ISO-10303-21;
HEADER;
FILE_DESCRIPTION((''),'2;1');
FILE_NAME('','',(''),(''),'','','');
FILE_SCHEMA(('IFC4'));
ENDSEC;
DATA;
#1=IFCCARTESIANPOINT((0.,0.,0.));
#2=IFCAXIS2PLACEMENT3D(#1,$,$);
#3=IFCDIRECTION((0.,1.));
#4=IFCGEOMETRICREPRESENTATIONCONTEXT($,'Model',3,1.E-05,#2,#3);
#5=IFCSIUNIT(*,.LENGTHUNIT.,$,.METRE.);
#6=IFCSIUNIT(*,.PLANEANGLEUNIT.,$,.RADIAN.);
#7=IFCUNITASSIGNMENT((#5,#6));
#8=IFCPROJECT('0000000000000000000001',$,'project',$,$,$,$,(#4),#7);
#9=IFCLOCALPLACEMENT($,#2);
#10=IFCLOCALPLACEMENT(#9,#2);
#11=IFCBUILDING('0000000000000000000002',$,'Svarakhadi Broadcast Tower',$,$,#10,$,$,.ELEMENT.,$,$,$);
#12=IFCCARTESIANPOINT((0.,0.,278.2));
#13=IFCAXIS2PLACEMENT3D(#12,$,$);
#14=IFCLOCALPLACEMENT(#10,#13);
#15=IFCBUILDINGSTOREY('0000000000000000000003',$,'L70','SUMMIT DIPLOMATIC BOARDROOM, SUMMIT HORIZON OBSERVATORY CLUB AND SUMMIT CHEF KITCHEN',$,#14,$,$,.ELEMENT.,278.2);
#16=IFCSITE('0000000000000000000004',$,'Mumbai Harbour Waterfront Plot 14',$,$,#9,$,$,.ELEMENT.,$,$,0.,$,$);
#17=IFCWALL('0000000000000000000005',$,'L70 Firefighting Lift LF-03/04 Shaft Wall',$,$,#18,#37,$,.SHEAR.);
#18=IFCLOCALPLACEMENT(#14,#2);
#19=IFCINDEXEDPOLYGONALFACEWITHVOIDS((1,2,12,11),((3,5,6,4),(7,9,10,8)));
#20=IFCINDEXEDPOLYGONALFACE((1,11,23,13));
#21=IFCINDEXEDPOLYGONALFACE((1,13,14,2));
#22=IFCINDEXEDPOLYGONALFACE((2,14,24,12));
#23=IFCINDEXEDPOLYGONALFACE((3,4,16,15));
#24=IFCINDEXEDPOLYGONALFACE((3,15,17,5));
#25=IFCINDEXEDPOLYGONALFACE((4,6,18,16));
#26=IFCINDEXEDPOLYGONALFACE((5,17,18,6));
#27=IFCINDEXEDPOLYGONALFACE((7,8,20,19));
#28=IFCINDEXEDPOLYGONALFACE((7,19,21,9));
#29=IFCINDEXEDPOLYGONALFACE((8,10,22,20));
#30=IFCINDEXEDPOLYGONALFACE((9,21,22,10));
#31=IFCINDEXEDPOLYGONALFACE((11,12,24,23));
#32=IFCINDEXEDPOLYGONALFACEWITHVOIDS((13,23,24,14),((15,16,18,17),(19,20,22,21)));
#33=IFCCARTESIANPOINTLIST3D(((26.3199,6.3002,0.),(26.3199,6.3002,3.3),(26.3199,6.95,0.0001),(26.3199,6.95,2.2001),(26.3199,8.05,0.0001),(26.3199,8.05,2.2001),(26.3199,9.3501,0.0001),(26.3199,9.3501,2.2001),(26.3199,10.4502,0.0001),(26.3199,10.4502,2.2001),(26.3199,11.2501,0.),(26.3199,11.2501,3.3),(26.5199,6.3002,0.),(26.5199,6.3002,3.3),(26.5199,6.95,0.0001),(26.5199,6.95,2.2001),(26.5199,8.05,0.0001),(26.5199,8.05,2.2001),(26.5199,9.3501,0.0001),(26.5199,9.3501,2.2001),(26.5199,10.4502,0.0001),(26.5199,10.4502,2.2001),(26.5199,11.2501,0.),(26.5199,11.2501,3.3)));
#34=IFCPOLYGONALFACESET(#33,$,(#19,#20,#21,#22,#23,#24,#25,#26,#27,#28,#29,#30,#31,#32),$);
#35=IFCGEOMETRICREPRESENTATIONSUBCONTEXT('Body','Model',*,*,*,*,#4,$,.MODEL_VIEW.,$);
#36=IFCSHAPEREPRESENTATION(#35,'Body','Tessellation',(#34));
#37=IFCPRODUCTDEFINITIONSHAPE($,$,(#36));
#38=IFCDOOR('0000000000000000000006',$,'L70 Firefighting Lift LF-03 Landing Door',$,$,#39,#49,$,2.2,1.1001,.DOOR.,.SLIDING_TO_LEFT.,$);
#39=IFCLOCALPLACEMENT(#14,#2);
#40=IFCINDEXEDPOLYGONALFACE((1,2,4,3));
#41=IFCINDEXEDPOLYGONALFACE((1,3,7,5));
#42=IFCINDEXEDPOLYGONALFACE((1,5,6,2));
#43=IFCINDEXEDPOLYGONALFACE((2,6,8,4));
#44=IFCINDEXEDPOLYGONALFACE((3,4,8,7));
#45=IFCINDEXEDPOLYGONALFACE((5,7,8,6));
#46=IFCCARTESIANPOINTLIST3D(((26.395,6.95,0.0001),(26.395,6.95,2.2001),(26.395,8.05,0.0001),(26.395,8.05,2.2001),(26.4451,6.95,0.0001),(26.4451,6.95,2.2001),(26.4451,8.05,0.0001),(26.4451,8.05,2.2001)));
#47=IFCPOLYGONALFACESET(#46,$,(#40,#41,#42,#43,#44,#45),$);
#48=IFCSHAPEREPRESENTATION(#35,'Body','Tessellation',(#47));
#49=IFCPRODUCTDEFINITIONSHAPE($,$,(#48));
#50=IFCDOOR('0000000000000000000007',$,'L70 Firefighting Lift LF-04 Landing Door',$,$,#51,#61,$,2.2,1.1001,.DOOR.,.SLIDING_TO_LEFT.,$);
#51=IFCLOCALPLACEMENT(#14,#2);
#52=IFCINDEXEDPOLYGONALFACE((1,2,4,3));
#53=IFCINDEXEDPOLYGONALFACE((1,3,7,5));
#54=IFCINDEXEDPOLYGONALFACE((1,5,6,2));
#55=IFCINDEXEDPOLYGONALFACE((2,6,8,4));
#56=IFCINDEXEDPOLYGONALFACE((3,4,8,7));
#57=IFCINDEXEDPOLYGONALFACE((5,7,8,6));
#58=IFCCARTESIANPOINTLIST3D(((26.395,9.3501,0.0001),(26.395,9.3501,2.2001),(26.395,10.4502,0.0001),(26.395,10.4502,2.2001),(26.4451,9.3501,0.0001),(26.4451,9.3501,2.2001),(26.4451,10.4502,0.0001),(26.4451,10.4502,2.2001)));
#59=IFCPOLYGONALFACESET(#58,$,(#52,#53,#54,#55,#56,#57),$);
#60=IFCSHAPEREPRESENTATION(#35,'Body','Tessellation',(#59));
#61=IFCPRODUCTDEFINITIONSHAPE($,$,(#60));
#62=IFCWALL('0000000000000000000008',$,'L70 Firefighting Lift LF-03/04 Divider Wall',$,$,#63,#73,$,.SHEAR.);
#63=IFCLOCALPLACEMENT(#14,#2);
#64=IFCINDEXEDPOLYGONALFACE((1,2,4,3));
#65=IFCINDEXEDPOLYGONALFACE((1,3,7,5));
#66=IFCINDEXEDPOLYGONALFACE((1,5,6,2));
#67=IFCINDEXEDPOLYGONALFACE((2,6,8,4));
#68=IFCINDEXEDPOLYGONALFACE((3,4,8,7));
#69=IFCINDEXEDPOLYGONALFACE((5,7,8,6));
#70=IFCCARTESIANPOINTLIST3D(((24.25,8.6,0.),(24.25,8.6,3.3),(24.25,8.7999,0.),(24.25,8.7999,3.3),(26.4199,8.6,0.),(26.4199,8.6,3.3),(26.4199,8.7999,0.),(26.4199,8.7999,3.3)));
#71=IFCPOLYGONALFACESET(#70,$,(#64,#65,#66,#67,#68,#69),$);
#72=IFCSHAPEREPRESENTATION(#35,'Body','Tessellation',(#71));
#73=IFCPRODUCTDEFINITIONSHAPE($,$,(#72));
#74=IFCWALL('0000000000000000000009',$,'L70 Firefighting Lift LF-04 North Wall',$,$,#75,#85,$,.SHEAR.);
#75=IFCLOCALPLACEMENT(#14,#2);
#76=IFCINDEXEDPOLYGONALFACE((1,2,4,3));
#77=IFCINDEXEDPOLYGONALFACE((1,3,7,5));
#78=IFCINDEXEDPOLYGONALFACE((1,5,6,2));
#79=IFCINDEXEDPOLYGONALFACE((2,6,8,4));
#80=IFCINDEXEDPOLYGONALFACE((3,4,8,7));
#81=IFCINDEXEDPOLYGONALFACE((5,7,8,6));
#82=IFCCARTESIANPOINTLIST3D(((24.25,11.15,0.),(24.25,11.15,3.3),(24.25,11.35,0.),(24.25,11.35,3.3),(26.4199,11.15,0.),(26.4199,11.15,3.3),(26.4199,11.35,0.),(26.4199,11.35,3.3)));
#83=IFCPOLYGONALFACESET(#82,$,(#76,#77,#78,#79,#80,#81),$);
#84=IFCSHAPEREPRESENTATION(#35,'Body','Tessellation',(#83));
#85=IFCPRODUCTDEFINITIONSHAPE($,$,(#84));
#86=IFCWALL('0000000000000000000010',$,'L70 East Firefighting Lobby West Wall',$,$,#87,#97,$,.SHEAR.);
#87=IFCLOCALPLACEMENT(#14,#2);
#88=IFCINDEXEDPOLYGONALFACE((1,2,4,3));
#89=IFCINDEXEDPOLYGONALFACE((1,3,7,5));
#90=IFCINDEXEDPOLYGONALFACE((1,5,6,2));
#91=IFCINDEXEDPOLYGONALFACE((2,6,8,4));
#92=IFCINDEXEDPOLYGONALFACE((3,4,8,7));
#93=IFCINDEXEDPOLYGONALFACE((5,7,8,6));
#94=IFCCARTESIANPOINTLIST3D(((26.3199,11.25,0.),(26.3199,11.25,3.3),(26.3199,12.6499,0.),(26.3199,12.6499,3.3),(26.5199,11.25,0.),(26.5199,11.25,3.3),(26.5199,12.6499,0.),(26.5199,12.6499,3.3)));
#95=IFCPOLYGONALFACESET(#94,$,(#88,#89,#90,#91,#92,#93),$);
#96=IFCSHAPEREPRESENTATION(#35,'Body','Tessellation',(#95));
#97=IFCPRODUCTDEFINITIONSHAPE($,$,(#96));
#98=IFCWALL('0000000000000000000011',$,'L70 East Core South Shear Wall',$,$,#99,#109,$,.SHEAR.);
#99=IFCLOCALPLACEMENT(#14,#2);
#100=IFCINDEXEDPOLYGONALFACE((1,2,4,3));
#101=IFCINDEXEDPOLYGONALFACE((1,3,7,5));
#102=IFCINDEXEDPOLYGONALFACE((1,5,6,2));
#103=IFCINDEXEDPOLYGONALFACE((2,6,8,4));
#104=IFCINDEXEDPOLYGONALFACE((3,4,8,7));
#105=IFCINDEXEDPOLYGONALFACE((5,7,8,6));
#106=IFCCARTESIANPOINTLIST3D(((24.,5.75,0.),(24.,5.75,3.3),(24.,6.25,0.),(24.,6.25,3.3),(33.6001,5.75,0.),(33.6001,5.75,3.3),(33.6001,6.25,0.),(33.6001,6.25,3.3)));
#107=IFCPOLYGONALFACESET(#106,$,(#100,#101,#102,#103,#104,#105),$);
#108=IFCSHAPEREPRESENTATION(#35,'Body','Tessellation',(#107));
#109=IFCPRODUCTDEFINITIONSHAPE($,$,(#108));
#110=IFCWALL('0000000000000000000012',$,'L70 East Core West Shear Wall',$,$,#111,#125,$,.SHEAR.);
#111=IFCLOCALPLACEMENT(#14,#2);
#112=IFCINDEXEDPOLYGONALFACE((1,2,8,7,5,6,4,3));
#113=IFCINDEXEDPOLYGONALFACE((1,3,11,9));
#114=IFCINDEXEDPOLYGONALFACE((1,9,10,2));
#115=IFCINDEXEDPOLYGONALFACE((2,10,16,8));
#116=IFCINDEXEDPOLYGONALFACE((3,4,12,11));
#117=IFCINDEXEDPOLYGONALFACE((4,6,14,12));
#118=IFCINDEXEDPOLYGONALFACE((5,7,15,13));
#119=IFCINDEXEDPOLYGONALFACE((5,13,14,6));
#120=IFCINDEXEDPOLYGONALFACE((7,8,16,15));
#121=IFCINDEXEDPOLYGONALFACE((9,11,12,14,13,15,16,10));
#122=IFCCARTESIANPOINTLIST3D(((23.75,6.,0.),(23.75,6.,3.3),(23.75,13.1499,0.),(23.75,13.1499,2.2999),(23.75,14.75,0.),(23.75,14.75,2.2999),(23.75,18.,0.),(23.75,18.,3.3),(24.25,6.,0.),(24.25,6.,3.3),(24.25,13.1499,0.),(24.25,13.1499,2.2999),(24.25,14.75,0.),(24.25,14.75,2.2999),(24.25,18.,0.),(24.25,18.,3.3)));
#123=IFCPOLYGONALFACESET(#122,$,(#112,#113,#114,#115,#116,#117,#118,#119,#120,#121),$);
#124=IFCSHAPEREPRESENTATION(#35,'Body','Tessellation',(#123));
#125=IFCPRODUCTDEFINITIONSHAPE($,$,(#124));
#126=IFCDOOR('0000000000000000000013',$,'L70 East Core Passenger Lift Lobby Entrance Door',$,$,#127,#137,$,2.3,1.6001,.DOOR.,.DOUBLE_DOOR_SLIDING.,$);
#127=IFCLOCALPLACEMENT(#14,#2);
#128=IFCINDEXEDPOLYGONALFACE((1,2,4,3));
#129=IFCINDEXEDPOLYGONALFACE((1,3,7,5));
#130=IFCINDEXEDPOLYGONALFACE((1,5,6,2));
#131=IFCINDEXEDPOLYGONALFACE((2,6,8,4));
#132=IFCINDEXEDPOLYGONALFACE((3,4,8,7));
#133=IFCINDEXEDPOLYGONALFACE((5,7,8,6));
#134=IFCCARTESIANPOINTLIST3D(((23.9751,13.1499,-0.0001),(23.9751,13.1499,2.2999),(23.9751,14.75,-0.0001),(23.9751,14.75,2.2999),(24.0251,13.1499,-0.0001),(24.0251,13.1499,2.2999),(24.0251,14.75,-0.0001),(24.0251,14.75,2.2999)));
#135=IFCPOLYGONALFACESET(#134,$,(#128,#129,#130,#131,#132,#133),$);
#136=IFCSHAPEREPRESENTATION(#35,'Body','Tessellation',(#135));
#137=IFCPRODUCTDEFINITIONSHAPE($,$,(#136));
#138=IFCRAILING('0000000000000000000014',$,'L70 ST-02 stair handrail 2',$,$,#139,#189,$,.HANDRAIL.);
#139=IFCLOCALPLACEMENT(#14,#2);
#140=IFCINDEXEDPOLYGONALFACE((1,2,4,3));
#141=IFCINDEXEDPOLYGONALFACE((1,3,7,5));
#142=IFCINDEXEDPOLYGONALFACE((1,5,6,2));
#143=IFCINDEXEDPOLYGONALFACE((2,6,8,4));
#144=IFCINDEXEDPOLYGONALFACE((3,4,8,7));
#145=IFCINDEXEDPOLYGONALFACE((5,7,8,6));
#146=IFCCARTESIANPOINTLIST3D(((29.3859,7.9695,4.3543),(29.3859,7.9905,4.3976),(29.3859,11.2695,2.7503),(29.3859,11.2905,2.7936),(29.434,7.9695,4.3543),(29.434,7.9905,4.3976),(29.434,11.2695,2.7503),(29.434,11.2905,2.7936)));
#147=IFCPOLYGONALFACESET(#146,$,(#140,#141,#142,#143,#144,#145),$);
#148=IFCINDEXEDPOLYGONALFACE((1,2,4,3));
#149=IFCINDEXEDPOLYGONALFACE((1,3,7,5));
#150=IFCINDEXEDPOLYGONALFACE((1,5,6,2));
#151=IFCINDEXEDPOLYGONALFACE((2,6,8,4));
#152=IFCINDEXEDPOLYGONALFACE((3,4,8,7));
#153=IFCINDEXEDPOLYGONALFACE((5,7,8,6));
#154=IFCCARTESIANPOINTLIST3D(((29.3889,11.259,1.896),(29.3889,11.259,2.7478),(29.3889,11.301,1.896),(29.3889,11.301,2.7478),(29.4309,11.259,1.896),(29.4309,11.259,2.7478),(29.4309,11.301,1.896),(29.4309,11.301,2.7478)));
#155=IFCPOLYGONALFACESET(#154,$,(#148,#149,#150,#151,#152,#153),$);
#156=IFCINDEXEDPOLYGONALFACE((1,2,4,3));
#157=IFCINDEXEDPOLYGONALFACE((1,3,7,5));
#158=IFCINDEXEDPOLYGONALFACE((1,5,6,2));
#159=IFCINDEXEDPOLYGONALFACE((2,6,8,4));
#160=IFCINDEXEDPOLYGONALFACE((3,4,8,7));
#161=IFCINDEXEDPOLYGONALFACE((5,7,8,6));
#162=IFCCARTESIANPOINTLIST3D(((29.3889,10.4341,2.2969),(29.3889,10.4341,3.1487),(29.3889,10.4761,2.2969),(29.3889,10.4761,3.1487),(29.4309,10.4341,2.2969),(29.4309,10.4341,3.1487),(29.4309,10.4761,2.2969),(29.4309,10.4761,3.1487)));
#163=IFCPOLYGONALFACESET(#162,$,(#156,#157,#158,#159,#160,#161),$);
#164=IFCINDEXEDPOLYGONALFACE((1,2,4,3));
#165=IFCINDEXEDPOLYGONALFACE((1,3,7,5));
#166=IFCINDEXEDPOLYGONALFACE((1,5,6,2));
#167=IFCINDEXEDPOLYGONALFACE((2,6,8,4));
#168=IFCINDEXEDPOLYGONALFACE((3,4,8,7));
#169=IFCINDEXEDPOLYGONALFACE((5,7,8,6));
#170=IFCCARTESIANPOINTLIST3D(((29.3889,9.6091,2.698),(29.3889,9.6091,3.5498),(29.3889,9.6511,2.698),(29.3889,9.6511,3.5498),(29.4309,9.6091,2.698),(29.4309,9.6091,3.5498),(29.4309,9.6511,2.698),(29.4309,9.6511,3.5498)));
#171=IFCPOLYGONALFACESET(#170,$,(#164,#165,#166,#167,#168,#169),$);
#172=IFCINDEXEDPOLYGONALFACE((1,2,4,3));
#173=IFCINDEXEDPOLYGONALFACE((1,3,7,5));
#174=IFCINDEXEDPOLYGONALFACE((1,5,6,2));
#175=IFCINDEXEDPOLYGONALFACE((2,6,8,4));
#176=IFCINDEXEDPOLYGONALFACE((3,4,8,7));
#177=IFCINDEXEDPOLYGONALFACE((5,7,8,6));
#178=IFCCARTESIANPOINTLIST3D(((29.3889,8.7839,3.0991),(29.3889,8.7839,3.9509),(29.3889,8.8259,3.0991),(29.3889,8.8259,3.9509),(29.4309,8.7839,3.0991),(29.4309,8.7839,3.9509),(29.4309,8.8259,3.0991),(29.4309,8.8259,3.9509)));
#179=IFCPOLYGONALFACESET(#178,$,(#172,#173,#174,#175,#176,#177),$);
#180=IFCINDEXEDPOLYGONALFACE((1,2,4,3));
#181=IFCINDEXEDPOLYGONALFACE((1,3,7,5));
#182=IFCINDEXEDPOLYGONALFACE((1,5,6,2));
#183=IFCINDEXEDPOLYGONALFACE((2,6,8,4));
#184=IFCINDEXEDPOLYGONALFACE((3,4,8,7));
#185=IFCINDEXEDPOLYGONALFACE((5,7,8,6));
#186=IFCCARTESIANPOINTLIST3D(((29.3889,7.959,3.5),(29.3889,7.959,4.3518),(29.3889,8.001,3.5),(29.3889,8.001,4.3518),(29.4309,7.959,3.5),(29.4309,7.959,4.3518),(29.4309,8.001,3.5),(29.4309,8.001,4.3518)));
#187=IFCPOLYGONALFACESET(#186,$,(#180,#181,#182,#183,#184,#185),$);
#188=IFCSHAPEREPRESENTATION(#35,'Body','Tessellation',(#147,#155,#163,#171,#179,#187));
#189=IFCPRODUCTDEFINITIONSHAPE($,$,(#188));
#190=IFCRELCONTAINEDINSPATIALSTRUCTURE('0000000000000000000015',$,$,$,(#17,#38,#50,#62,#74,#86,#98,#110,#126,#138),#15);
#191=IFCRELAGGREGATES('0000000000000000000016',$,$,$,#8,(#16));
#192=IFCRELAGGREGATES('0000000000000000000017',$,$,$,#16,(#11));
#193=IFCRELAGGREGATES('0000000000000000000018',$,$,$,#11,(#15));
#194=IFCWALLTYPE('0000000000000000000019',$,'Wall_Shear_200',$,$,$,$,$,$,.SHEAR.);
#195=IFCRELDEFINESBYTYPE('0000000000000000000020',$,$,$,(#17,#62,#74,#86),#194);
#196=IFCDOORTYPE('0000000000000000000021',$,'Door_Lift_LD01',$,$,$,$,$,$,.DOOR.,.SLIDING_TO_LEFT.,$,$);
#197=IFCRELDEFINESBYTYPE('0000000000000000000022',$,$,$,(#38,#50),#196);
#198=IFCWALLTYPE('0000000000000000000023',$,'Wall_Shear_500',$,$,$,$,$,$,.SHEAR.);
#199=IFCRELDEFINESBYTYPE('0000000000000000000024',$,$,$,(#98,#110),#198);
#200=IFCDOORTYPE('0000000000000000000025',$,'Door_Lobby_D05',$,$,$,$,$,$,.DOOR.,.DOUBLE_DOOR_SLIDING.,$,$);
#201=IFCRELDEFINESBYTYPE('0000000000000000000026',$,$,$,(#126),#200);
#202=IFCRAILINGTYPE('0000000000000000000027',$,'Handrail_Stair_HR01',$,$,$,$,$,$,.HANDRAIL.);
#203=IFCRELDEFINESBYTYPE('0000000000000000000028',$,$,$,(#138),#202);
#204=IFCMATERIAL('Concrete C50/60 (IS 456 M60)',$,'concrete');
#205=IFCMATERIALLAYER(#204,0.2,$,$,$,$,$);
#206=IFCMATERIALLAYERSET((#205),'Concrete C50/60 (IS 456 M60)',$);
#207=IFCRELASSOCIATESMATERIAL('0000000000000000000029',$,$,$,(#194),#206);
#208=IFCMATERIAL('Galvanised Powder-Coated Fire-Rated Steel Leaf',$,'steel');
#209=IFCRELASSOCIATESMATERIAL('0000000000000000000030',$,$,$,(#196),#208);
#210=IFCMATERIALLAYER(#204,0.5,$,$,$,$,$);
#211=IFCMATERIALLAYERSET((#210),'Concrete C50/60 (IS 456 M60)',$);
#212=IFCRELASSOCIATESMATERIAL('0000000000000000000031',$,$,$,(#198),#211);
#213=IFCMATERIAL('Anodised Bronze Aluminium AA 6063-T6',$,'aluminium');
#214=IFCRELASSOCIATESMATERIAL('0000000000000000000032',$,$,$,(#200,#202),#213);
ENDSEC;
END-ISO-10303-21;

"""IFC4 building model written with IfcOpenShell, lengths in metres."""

from ifc_helpers import new_model, si_unit, direction, frame, frame_2d, origin, origin_2d, place, context, subcontext, project, spatial, rectangle, extrude, material, layer, layer_set, type_object, element, fill, save


model = new_model("IFC4")

# Units and contexts
model_context = context("Model", 3, precision=1e-05, world=origin(), true_north=direction((0.0, 1.0)))
body_context = subcontext(model_context, "Body", "Model", "MODEL_VIEW")
ifc_project = project(units=[si_unit("LENGTHUNIT", "METRE"), si_unit("PLANEANGLEUNIT", "RADIAN")], contexts=[model_context])

# Site, building, storey
site_placement = place(None, origin())
site = spatial("IfcSite", under=ifc_project, at=site_placement, Name="Mumbai Harbour Waterfront Plot 14", CompositionType="ELEMENT", RefElevation=0.0)
building_placement = place(site_placement, origin())
building = spatial("IfcBuilding", under=site, at=building_placement, Name="Svarakhadi Broadcast Tower", CompositionType="ELEMENT")
storey_placement = place(building_placement, frame((0.0, 0.0, 278.2)))
storey = spatial("IfcBuildingStorey", under=building, at=storey_placement, Name="L70", Description="SUMMIT DIPLOMATIC BOARDROOM, SUMMIT HORIZON OBSERVATORY CLUB AND SUMMIT CHEF KITCHEN", CompositionType="ELEMENT", Elevation=278.2)

# Shared definitions
ifc_material_1 = material(Name="Concrete C50/60 (IS 456 M60)", Category="concrete")

# Shared definitions
ifc_layer_1 = layer(ifc_material_1, 0.2)
ifc_layer_set_1 = layer_set([ifc_layer_1], Name="Concrete C50/60 (IS 456 M60)")
wall_type_1 = type_object("IfcWallType", Name="Wall_Shear_200", PredefinedType="SHEAR", material=ifc_layer_set_1)
ifc_material_2 = material(Name="Galvanised Powder-Coated Fire-Rated Steel Leaf", Category="steel")

# Wall, openings, doors
wall_1_placement = place(storey_placement, frame((26.4199, 6.3, 0.0), z_axis=(0.0, 0.0, 1.0), x_axis=(0.0, 1.0, 0.0)))
wall_1 = element("IfcWall", 1, at=wall_1_placement, inside=storey, type_object=wall_type_1, Name="L70 Firefighting Lift LF-03/04 Shaft Wall", PredefinedType="SHEAR", context=body_context, shape_type="SweptSolid", body=[
    extrude(rectangle(XDim=4.95, YDim=0.2, at=frame_2d((2.4751, 0.0))), origin(), (0.0, 0.0, 1.0), 3.3),
])
opening_1_placement = place(wall_1_placement, frame((0.6499, 0.0, 0.0)))
opening_1 = element("IfcOpeningElement", 2, at=opening_1_placement, cuts=wall_1, PredefinedType="OPENING", context=body_context, shape_type="SweptSolid", body=[
    extrude(rectangle(XDim=1.1001, YDim=2.2, at=frame_2d((0.55, 1.1001))), frame((0.0, 0.1099, 0.0), z_axis=(0.0, -1.0, 0.0), x_axis=(1.0, 0.0, 0.0)), (0.0, 0.0, 1.0), 0.22),
])
opening_2_placement = place(wall_1_placement, frame((3.05, 0.0, 0.0)))
opening_2 = element("IfcOpeningElement", 3, at=opening_2_placement, cuts=wall_1, PredefinedType="OPENING", context=body_context, shape_type="SweptSolid", body=[
    extrude(rectangle(XDim=1.1001, YDim=2.2, at=frame_2d((0.55, 1.1001))), frame((0.0, 0.1099, 0.0), z_axis=(0.0, -1.0, 0.0), x_axis=(1.0, 0.0, 0.0)), (0.0, 0.0, 1.0), 0.22),
])
door_type_1 = type_object("IfcDoorType", Name="Door_Lift_LD01", OperationType="SLIDING_TO_LEFT", PredefinedType="DOOR", material=ifc_material_2)
door_1_placement = place(opening_1_placement, origin())
door_1 = element("IfcDoor", 4, at=door_1_placement, inside=storey, type_object=door_type_1, Name="L70 Firefighting Lift LF-03 Landing Door", OperationType="SLIDING_TO_LEFT", OverallHeight=2.2, OverallWidth=1.1001, PredefinedType="DOOR", context=body_context, shape_type="SweptSolid", body=[
    extrude(rectangle(XDim=1.1001, YDim=2.2, at=frame_2d((0.55, 1.1001))), frame((0.0, 0.0249, 0.0), z_axis=(0.0, -1.0, 0.0), x_axis=(1.0, 0.0, 0.0)), (0.0, 0.0, 1.0), 0.05),
])
fill(opening_1, door_1)
door_2_placement = place(opening_2_placement, origin())
door_2 = element("IfcDoor", 5, at=door_2_placement, inside=storey, type_object=door_type_1, Name="L70 Firefighting Lift LF-04 Landing Door", OperationType="SLIDING_TO_LEFT", OverallHeight=2.2, OverallWidth=1.1001, PredefinedType="DOOR", context=body_context, shape_type="SweptSolid", body=[
    extrude(rectangle(XDim=1.1001, YDim=2.2, at=frame_2d((0.55, 1.1001))), frame((0.0, 0.0249, 0.0), z_axis=(0.0, -1.0, 0.0), x_axis=(1.0, 0.0, 0.0)), (0.0, 0.0, 1.0), 0.05),
])
fill(opening_2, door_2)

# Walls
for number, where, z_axis, x_axis, name in (
    (6, (24.25, 8.7, 0.0), (0.0, 0.0, 1.0), (1.0, 0.0, 0.0), "L70 Firefighting Lift LF-03/04 Divider Wall"),
    (7, (24.25, 11.25, 0.0), (0.0, 0.0, 1.0), (1.0, 0.0, 0.0), "L70 Firefighting Lift LF-04 North Wall"),
):
    element("IfcWall", number, at=place(storey_placement, frame(where, z_axis=z_axis, x_axis=x_axis)), inside=storey, type_object=wall_type_1, Name=name, PredefinedType="SHEAR", context=body_context, shape_type="SweptSolid", body=[
        extrude(rectangle(XDim=2.1699, YDim=0.2, at=frame_2d((1.085, 0.0))), origin(), (0.0, 0.0, 1.0), 3.3),
    ])
wall_2_placement = place(storey_placement, frame((26.4199, 11.25, 0.0), z_axis=(0.0, 0.0, 1.0), x_axis=(0.0, 1.0, 0.0)))
element("IfcWall", 8, at=wall_2_placement, inside=storey, type_object=wall_type_1, Name="L70 East Firefighting Lobby West Wall", PredefinedType="SHEAR", context=body_context, shape_type="SweptSolid", body=[
    extrude(rectangle(XDim=1.3999, YDim=0.2, at=frame_2d((0.7, 0.0))), origin(), (0.0, 0.0, 1.0), 3.3),
])
ifc_layer_2 = layer(ifc_material_1, 0.5)
ifc_layer_set_2 = layer_set([ifc_layer_2], Name="Concrete C50/60 (IS 456 M60)")
wall_type_2 = type_object("IfcWallType", Name="Wall_Shear_500", PredefinedType="SHEAR", material=ifc_layer_set_2)
wall_3_placement = place(storey_placement, frame((24.0, 6.0, 0.0), z_axis=(0.0, 0.0, 1.0), x_axis=(1.0, 0.0, 0.0)))
element("IfcWall", 9, at=wall_3_placement, inside=storey, type_object=wall_type_2, Name="L70 East Core South Shear Wall", PredefinedType="SHEAR", context=body_context, shape_type="SweptSolid", body=[
    extrude(rectangle(XDim=9.6001, YDim=0.5, at=frame_2d((4.8, 0.0))), origin(), (0.0, 0.0, 1.0), 3.3),
])

# Wall, opening, door
wall_4_placement = place(storey_placement, frame((24.0, 6.0, 0.0), z_axis=(0.0, 0.0, 1.0), x_axis=(0.0, 1.0, 0.0)))
wall_4 = element("IfcWall", 10, at=wall_4_placement, inside=storey, type_object=wall_type_2, Name="L70 East Core West Shear Wall", PredefinedType="SHEAR", context=body_context, shape_type="SweptSolid", body=[
    extrude(rectangle(XDim=12.0, YDim=0.5, at=frame_2d((6.0, 0.0))), origin(), (0.0, 0.0, 1.0), 3.3),
])
opening_3_placement = place(wall_4_placement, frame((7.1499, 0.0, 0.0)))
opening_3 = element("IfcOpeningElement", 11, at=opening_3_placement, cuts=wall_4, PredefinedType="OPENING", context=body_context, shape_type="SweptSolid", body=[
    extrude(rectangle(XDim=1.6001, YDim=2.3, at=frame_2d((0.8, 1.1499))), frame((0.0, 0.26, 0.0), z_axis=(0.0, -1.0, 0.0), x_axis=(1.0, 0.0, 0.0)), (0.0, 0.0, 1.0), 0.52),
])
ifc_material_3 = material(Name="Anodised Bronze Aluminium AA 6063-T6", Category="aluminium")
door_type_2 = type_object("IfcDoorType", Name="Door_Lobby_D05", OperationType="DOUBLE_DOOR_SLIDING", PredefinedType="DOOR", material=ifc_material_3)
door_3_placement = place(opening_3_placement, origin())
door_3 = element("IfcDoor", 12, at=door_3_placement, inside=storey, type_object=door_type_2, Name="L70 East Core Passenger Lift Lobby Entrance Door", OperationType="DOUBLE_DOOR_SLIDING", OverallHeight=2.3, OverallWidth=1.6001, PredefinedType="DOOR", context=body_context, shape_type="SweptSolid", body=[
    extrude(rectangle(XDim=1.6001, YDim=2.3, at=frame_2d((0.8, 1.1499))), frame((0.0, 0.0249, 0.0), z_axis=(0.0, -1.0, 0.0), x_axis=(1.0, 0.0, 0.0)), (0.0, 0.0, 1.0), 0.05),
])
fill(opening_3, door_3)

# Railing
railing_type = type_object("IfcRailingType", Name="Handrail_Stair_HR01", PredefinedType="HANDRAIL", material=ifc_material_3)
railing_placement = place(storey_placement, frame((29.4099, 11.28, 1.896)))
element("IfcRailing", 13, at=railing_placement, inside=storey, type_object=railing_type, Name="L70 ST-02 stair handrail 2", PredefinedType="HANDRAIL", context=body_context, shape_type="SweptSolid", body=[
    extrude(rectangle(XDim=0.0481, YDim=0.0481, at=origin_2d()), frame((0.0, 0.0, 0.876), z_axis=(0.0, -0.899388, 0.437152), x_axis=(1.0, 0.0, 0.0)), (0.0, 0.0, 1.0), 3.6692),
    extrude(rectangle(XDim=0.042, YDim=0.042, at=origin_2d()), origin(), (0.0, 0.0, 1.0), 0.8518),
    extrude(rectangle(XDim=0.042, YDim=0.042, at=origin_2d()), frame((0.0, -0.825, 0.4009)), (0.0, 0.0, 1.0), 0.8518),
    extrude(rectangle(XDim=0.042, YDim=0.042, at=origin_2d()), frame((0.0, -1.6499, 0.802)), (0.0, 0.0, 1.0), 0.8518),
    extrude(rectangle(XDim=0.042, YDim=0.042, at=origin_2d()), frame((0.0, -2.4751, 1.2031)), (0.0, 0.0, 1.0), 0.8518),
    extrude(rectangle(XDim=0.042, YDim=0.042, at=origin_2d()), frame((0.0, -3.3, 1.604)), (0.0, 0.0, 1.0), 0.8518),
])

save(model, "model.ifc")
